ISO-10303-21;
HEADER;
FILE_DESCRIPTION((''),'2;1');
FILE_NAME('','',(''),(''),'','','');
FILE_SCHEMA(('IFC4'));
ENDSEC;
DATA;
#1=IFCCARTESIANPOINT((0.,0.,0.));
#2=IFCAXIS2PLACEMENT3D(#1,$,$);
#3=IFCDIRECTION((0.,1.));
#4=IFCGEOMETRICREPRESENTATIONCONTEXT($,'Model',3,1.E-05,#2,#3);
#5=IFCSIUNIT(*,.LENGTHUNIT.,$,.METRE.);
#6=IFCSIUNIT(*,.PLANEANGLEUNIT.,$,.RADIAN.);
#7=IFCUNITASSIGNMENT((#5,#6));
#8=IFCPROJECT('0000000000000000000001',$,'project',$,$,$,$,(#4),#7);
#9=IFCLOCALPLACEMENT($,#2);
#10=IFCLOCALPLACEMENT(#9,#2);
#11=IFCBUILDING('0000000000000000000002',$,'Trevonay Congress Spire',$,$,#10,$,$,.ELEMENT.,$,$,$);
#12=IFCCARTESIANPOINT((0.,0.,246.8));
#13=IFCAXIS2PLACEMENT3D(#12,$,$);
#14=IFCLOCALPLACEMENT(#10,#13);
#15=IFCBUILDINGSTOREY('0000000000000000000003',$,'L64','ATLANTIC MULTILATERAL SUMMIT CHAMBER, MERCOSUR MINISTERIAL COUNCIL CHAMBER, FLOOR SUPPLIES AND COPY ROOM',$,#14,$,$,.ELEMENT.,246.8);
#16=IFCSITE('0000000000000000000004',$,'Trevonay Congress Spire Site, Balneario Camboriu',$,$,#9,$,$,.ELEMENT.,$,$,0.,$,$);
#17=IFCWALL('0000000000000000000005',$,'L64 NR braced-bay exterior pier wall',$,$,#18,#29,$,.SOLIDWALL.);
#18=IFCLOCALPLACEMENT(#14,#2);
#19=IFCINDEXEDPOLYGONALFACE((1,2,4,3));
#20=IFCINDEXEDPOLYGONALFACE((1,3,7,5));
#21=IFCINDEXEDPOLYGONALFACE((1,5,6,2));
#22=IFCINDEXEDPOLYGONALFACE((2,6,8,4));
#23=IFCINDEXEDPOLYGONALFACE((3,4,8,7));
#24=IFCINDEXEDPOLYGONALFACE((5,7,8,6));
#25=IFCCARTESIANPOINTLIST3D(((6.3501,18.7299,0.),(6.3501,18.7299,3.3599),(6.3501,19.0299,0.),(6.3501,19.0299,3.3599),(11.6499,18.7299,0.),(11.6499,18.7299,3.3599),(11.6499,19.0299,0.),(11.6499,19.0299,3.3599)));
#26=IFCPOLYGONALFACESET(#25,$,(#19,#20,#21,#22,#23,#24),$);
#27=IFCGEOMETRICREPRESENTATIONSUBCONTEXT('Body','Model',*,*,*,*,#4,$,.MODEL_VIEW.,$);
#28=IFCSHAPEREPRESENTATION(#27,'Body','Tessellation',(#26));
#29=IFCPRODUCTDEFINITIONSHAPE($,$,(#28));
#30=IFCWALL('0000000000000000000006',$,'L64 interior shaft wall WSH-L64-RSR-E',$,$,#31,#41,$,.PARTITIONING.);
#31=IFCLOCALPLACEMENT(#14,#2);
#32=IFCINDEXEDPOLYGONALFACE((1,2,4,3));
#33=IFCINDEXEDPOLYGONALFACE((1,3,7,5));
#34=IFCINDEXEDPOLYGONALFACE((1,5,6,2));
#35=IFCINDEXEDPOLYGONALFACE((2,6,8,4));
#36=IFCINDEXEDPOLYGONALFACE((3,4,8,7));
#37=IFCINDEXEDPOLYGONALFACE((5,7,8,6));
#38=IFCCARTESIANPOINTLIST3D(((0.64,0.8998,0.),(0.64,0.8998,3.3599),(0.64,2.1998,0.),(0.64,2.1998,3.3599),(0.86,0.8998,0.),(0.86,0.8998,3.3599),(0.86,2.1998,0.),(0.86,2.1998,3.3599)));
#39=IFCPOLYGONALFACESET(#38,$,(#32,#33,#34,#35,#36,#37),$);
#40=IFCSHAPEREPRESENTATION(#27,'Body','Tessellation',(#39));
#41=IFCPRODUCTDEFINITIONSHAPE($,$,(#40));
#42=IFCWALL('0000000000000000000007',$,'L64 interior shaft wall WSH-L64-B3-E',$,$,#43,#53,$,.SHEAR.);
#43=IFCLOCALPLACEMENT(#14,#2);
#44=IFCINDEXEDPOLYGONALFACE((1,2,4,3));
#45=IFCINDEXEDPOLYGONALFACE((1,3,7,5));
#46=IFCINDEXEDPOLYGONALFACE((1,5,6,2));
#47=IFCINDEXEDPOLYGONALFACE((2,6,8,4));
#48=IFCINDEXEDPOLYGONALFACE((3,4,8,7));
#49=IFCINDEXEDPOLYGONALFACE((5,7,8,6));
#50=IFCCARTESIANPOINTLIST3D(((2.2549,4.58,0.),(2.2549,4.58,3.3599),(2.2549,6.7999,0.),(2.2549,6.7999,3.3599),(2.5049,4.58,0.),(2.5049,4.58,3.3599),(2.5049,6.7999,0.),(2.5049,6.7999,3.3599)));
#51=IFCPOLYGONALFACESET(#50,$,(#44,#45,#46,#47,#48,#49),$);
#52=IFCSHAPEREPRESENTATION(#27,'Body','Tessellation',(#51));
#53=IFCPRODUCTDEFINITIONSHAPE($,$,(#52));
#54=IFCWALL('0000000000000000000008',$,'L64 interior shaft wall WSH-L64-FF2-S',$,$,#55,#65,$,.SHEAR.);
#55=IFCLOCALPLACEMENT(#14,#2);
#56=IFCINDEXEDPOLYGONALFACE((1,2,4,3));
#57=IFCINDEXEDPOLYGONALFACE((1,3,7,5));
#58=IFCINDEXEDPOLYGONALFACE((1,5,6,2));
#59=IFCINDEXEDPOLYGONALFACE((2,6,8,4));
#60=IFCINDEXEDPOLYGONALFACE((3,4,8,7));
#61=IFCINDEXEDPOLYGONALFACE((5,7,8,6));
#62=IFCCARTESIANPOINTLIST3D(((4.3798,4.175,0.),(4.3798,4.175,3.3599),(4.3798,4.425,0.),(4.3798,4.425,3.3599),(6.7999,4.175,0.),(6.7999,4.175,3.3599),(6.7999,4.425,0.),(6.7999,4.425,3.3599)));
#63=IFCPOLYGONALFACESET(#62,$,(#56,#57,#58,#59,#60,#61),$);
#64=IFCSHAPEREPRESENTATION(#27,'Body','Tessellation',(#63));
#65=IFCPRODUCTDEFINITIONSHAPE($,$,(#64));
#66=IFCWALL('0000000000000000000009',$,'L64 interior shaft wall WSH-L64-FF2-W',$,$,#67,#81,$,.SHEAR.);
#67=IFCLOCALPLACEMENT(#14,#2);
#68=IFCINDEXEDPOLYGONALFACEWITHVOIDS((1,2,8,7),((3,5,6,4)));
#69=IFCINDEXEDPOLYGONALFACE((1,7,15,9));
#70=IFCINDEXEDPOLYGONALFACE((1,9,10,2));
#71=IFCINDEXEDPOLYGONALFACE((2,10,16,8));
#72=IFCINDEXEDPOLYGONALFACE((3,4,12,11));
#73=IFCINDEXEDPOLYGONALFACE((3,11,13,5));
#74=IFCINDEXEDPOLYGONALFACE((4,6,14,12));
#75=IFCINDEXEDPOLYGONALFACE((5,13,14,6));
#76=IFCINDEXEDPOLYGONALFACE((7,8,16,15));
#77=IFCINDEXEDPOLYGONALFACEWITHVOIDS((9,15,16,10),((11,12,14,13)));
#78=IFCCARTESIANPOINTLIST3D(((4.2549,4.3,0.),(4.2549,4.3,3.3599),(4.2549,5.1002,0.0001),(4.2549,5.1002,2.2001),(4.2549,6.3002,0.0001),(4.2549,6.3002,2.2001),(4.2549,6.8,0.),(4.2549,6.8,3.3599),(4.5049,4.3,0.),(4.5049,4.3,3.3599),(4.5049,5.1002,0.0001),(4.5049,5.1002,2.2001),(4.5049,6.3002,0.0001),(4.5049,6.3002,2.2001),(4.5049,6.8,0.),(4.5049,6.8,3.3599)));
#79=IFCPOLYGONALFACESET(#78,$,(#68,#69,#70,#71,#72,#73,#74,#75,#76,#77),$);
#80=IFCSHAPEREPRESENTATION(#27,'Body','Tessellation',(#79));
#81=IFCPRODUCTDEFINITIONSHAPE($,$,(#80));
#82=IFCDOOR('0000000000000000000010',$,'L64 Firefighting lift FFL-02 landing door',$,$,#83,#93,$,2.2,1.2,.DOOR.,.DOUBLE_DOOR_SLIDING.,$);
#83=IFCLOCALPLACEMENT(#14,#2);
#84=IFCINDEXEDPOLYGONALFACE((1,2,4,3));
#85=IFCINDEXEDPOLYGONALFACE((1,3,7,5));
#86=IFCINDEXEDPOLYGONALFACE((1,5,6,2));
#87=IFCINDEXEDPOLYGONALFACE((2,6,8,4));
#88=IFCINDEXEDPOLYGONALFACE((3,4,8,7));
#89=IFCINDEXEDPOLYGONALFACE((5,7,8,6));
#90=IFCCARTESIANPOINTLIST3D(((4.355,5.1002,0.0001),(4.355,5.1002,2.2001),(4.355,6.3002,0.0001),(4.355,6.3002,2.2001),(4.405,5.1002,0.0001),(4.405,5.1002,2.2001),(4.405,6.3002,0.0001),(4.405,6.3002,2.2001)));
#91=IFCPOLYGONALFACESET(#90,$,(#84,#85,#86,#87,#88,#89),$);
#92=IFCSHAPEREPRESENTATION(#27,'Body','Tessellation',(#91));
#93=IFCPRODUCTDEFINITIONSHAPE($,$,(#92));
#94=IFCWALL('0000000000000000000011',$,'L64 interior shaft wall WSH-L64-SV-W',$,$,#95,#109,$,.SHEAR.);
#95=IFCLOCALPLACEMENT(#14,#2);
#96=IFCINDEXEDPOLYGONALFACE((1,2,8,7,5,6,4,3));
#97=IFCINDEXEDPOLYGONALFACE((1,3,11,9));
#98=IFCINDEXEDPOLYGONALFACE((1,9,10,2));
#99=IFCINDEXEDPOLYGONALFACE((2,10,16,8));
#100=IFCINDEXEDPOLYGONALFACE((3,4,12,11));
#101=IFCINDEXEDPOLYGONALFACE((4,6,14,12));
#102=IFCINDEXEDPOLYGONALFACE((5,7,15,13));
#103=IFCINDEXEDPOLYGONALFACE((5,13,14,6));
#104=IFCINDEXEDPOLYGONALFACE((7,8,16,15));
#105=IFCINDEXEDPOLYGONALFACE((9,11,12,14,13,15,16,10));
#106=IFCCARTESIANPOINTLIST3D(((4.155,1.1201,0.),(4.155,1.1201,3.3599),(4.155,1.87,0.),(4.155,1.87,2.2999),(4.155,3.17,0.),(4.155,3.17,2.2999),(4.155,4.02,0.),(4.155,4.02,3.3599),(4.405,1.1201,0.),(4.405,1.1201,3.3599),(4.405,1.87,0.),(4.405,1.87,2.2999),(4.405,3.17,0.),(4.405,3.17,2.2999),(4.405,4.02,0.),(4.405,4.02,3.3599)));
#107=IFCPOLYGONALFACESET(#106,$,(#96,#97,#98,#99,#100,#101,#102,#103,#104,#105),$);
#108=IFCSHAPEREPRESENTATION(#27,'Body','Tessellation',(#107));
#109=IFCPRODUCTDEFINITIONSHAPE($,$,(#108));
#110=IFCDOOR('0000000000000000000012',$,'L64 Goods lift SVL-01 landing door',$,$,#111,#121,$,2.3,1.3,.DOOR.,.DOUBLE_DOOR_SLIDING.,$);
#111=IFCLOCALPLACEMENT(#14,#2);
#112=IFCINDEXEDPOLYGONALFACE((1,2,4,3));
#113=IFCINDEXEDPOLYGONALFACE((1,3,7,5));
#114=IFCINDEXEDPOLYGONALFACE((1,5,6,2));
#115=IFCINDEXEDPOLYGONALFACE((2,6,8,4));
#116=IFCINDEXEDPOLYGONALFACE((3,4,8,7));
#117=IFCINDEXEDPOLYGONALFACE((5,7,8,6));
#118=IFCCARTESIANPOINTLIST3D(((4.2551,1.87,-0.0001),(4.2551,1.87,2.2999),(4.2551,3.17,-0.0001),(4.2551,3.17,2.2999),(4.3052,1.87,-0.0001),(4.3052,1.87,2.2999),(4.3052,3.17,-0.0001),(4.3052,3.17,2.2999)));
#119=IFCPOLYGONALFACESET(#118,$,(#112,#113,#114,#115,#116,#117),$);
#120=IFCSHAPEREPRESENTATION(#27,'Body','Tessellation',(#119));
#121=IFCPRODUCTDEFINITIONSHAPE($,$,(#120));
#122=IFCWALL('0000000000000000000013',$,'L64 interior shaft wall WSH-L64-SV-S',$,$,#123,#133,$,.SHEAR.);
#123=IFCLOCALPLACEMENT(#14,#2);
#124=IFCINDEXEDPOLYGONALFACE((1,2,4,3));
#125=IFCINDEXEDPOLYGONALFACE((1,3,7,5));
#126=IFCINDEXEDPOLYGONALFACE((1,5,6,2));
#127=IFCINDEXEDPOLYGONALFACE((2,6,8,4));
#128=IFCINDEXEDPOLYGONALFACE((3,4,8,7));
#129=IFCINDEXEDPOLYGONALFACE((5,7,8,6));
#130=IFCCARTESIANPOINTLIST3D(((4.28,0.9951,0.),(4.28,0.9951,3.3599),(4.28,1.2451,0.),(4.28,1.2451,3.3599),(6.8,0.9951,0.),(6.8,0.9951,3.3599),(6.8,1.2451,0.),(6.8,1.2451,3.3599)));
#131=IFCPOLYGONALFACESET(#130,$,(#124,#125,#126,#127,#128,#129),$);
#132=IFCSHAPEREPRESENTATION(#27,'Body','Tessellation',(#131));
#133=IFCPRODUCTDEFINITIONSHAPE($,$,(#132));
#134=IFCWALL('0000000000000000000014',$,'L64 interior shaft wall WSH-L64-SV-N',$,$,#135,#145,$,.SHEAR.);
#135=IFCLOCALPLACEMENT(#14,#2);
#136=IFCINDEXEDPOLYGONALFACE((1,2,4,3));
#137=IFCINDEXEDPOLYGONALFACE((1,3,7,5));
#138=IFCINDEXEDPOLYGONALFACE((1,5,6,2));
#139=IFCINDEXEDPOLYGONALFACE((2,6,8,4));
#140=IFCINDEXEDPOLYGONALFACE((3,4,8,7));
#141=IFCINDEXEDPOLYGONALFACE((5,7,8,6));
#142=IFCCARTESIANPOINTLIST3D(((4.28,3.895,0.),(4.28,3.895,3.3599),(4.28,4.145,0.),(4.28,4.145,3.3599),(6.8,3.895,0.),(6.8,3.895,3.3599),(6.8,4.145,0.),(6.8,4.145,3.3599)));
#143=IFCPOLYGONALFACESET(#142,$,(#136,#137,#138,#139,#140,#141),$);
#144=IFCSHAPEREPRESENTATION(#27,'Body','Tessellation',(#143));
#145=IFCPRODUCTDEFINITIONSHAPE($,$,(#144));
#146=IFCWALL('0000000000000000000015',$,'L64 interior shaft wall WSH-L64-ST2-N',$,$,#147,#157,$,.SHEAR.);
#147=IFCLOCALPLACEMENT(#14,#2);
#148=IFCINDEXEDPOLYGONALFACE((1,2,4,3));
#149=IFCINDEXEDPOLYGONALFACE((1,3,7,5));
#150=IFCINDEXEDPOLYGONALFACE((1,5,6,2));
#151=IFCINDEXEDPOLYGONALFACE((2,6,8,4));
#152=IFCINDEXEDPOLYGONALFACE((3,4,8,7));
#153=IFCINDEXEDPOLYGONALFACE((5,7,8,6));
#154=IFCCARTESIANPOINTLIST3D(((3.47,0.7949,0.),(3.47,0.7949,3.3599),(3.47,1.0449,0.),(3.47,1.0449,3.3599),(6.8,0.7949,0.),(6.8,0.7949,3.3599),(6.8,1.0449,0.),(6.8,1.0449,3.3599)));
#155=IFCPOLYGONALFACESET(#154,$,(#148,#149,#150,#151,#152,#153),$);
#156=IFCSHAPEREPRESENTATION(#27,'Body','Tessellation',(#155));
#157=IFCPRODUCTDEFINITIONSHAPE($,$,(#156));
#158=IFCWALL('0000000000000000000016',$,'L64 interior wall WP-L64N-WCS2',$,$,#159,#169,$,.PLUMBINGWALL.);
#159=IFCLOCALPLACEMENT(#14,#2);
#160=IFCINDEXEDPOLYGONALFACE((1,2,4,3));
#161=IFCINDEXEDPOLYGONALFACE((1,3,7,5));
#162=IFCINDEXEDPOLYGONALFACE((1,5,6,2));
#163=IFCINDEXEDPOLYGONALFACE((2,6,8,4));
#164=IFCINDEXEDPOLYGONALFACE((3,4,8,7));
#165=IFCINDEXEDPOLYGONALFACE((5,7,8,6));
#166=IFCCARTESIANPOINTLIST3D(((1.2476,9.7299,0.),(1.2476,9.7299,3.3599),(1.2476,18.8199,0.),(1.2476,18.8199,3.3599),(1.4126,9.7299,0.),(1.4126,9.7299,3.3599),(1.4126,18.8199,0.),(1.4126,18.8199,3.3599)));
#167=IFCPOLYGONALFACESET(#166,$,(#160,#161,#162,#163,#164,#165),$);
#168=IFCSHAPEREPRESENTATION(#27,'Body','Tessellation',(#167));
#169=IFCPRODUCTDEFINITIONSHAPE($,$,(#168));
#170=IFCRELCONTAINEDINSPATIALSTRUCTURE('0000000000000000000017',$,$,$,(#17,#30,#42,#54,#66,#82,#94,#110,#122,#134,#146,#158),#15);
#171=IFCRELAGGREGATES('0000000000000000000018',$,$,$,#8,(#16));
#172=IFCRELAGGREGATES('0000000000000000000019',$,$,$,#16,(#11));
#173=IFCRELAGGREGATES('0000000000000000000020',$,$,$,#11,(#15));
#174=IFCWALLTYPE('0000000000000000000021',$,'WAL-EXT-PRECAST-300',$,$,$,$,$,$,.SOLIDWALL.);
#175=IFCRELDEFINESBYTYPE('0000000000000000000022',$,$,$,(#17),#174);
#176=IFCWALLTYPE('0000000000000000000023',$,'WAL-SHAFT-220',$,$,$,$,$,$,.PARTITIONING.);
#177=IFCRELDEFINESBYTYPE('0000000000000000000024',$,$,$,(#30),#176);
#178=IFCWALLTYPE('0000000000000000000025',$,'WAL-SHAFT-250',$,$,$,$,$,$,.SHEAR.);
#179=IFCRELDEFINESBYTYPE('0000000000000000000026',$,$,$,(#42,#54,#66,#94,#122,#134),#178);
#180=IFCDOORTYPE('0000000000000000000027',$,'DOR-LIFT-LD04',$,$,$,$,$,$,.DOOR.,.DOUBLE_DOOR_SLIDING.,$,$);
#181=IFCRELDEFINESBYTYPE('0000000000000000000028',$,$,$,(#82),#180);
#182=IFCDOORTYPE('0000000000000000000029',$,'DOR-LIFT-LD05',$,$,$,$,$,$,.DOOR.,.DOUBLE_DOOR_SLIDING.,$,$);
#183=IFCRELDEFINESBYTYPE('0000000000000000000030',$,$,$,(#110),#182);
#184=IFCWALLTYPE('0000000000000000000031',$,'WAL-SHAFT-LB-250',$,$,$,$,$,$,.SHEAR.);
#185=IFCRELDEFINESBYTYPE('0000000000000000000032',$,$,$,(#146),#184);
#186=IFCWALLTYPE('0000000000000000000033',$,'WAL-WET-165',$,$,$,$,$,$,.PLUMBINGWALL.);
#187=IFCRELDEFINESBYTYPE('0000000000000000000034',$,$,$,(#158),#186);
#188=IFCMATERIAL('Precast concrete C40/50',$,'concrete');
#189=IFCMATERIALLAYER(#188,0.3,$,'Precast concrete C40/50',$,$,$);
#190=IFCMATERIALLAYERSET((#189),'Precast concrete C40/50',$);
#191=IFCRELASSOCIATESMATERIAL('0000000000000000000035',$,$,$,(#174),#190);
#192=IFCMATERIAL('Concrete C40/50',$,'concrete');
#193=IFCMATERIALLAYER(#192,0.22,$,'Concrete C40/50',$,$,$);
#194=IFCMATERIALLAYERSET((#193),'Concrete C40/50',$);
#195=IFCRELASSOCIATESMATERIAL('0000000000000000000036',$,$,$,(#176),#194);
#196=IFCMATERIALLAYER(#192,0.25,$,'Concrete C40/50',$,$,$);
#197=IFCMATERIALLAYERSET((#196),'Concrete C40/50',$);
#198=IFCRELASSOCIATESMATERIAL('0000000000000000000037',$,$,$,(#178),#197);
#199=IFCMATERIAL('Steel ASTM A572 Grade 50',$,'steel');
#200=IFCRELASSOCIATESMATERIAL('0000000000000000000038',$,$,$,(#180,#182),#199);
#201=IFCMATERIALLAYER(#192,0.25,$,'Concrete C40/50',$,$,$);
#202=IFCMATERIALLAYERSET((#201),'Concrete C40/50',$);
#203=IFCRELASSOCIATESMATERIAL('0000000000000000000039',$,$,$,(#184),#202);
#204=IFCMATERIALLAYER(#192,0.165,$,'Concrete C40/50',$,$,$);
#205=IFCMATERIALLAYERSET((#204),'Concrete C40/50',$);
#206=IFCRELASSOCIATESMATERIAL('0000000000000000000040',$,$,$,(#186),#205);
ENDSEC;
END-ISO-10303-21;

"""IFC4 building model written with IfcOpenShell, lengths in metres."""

from ifc_helpers import new_model, si_unit, direction, frame, frame_2d, origin, place, context, subcontext, project, spatial, rectangle, extrude, material, layer, layer_set, type_object, element, fill, save


model = new_model("IFC4")

# Units and contexts
model_context = context("Model", 3, precision=1e-05, world=origin(), true_north=direction((0.0, 1.0)))
body_context = subcontext(model_context, "Body", "Model", "MODEL_VIEW")
ifc_project = project(units=[si_unit("LENGTHUNIT", "METRE"), si_unit("PLANEANGLEUNIT", "RADIAN")], contexts=[model_context])

# Site, building, storey
site_placement = place(None, origin())
site = spatial("IfcSite", under=ifc_project, at=site_placement, Name="Trevonay Congress Spire Site, Balneario Camboriu", CompositionType="ELEMENT", RefElevation=0.0)
building_placement = place(site_placement, origin())
building = spatial("IfcBuilding", under=site, at=building_placement, Name="Trevonay Congress Spire", CompositionType="ELEMENT")
storey_placement = place(building_placement, frame((0.0, 0.0, 246.8)))
storey = spatial("IfcBuildingStorey", under=building, at=storey_placement, Name="L64", Description="ATLANTIC MULTILATERAL SUMMIT CHAMBER, MERCOSUR MINISTERIAL COUNCIL CHAMBER, FLOOR SUPPLIES AND COPY ROOM", CompositionType="ELEMENT", Elevation=246.8)

# Shared definitions
ifc_material_1 = material(Name="Steel ASTM A572 Grade 50", Category="steel")

# Walls
ifc_material_2 = material(Name="Precast concrete C40/50", Category="concrete")
ifc_layer_1 = layer(ifc_material_2, 0.3, Name="Precast concrete C40/50")
ifc_layer_set_1 = layer_set([ifc_layer_1], Name="Precast concrete C40/50")
wall_type_1 = type_object("IfcWallType", Name="WAL-EXT-PRECAST-300", PredefinedType="SOLIDWALL", material=ifc_layer_set_1)
wall_1_placement = place(storey_placement, frame((6.3501, 18.8799, 0.0), z_axis=(0.0, 0.0, 1.0), x_axis=(1.0, 0.0, 0.0)))
element("IfcWall", 1, at=wall_1_placement, inside=storey, type_object=wall_type_1, Name="L64 NR braced-bay exterior pier wall", PredefinedType="SOLIDWALL", context=body_context, shape_type="SweptSolid", body=[
    extrude(rectangle(XDim=5.2998, YDim=0.3, at=frame_2d((2.6499, 0.0))), origin(), (0.0, 0.0, 1.0), 3.3599),
])
ifc_material_3 = material(Name="Concrete C40/50", Category="concrete")
ifc_layer_2 = layer(ifc_material_3, 0.22, Name="Concrete C40/50")
ifc_layer_set_2 = layer_set([ifc_layer_2], Name="Concrete C40/50")
wall_type_2 = type_object("IfcWallType", Name="WAL-SHAFT-220", PredefinedType="PARTITIONING", material=ifc_layer_set_2)
wall_2_placement = place(storey_placement, frame((0.75, 0.8999, 0.0), z_axis=(0.0, 0.0, 1.0), x_axis=(0.0, 1.0, 0.0)))
element("IfcWall", 2, at=wall_2_placement, inside=storey, type_object=wall_type_2, Name="L64 interior shaft wall WSH-L64-RSR-E", PredefinedType="PARTITIONING", context=body_context, shape_type="SweptSolid", body=[
    extrude(rectangle(XDim=1.3, YDim=0.22, at=frame_2d((0.6499, 0.0))), origin(), (0.0, 0.0, 1.0), 3.3599),
])
ifc_layer_3 = layer(ifc_material_3, 0.25, Name="Concrete C40/50")
ifc_layer_set_3 = layer_set([ifc_layer_3], Name="Concrete C40/50")
wall_type_3 = type_object("IfcWallType", Name="WAL-SHAFT-250", PredefinedType="SHEAR", material=ifc_layer_set_3)
wall_3_placement = place(storey_placement, frame((2.3799, 4.5801, 0.0), z_axis=(0.0, 0.0, 1.0), x_axis=(0.0, 1.0, 0.0)))
element("IfcWall", 3, at=wall_3_placement, inside=storey, type_object=wall_type_3, Name="L64 interior shaft wall WSH-L64-B3-E", PredefinedType="SHEAR", context=body_context, shape_type="SweptSolid", body=[
    extrude(rectangle(XDim=2.22, YDim=0.25, at=frame_2d((1.1099, 0.0))), origin(), (0.0, 0.0, 1.0), 3.3599),
])
wall_4_placement = place(storey_placement, frame((4.3799, 4.3, 0.0), z_axis=(0.0, 0.0, 1.0), x_axis=(1.0, 0.0, 0.0)))
element("IfcWall", 4, at=wall_4_placement, inside=storey, type_object=wall_type_3, Name="L64 interior shaft wall WSH-L64-FF2-S", PredefinedType="SHEAR", context=body_context, shape_type="SweptSolid", body=[
    extrude(rectangle(XDim=2.4202, YDim=0.25, at=frame_2d((1.21, 0.0))), origin(), (0.0, 0.0, 1.0), 3.3599),
])

# Walls, openings, doors
wall_5_placement = place(storey_placement, frame((4.3799, 4.3, 0.0), z_axis=(0.0, 0.0, 1.0), x_axis=(0.0, 1.0, 0.0)))
wall_5 = element("IfcWall", 5, at=wall_5_placement, inside=storey, type_object=wall_type_3, Name="L64 interior shaft wall WSH-L64-FF2-W", PredefinedType="SHEAR", context=body_context, shape_type="SweptSolid", body=[
    extrude(rectangle(XDim=2.5, YDim=0.25, at=frame_2d((1.25, 0.0))), origin(), (0.0, 0.0, 1.0), 3.3599),
])
opening_1_placement = place(wall_5_placement, frame((0.8, 0.0, 0.0)))
opening_1 = element("IfcOpeningElement", 6, at=opening_1_placement, cuts=wall_5, PredefinedType="OPENING", context=body_context, shape_type="SweptSolid", body=[
    extrude(rectangle(XDim=1.2, YDim=2.2, at=frame_2d((0.6001, 1.1001))), frame((0.0, 0.135, 0.0), z_axis=(0.0, -1.0, 0.0), x_axis=(1.0, 0.0, 0.0)), (0.0, 0.0, 1.0), 0.27),
])
door_type_1 = type_object("IfcDoorType", Name="DOR-LIFT-LD04", OperationType="DOUBLE_DOOR_SLIDING", PredefinedType="DOOR", material=ifc_material_1)
door_1_placement = place(opening_1_placement, origin())
door_1 = element("IfcDoor", 7, at=door_1_placement, inside=storey, type_object=door_type_1, Name="L64 Firefighting lift FFL-02 landing door", OperationType="DOUBLE_DOOR_SLIDING", OverallHeight=2.2, OverallWidth=1.2, PredefinedType="DOOR", context=body_context, shape_type="SweptSolid", body=[
    extrude(rectangle(XDim=1.2, YDim=2.2, at=frame_2d((0.6001, 1.1001))), frame((0.0, 0.0249, 0.0), z_axis=(0.0, -1.0, 0.0), x_axis=(1.0, 0.0, 0.0)), (0.0, 0.0, 1.0), 0.05),
])
fill(opening_1, door_1)
wall_6_placement = place(storey_placement, frame((4.28, 1.1201, 0.0), z_axis=(0.0, 0.0, 1.0), x_axis=(0.0, 1.0, 0.0)))
wall_6 = element("IfcWall", 8, at=wall_6_placement, inside=storey, type_object=wall_type_3, Name="L64 interior shaft wall WSH-L64-SV-W", PredefinedType="SHEAR", context=body_context, shape_type="SweptSolid", body=[
    extrude(rectangle(XDim=2.8999, YDim=0.25, at=frame_2d((1.45, 0.0))), origin(), (0.0, 0.0, 1.0), 3.3599),
])
opening_2_placement = place(wall_6_placement, frame((0.75, 0.0, 0.0)))
opening_2 = element("IfcOpeningElement", 9, at=opening_2_placement, cuts=wall_6, PredefinedType="OPENING", context=body_context, shape_type="SweptSolid", body=[
    extrude(rectangle(XDim=1.3, YDim=2.3, at=frame_2d((0.6499, 1.1499))), frame((0.0, 0.135, 0.0), z_axis=(0.0, -1.0, 0.0), x_axis=(1.0, 0.0, 0.0)), (0.0, 0.0, 1.0), 0.27),
])
door_type_2 = type_object("IfcDoorType", Name="DOR-LIFT-LD05", OperationType="DOUBLE_DOOR_SLIDING", PredefinedType="DOOR", material=ifc_material_1)
door_2_placement = place(opening_2_placement, origin())
door_2 = element("IfcDoor", 10, at=door_2_placement, inside=storey, type_object=door_type_2, Name="L64 Goods lift SVL-01 landing door", OperationType="DOUBLE_DOOR_SLIDING", OverallHeight=2.3, OverallWidth=1.3, PredefinedType="DOOR", context=body_context, shape_type="SweptSolid", body=[
    extrude(rectangle(XDim=1.3, YDim=2.3, at=frame_2d((0.6499, 1.1499))), frame((0.0, 0.0249, 0.0), z_axis=(0.0, -1.0, 0.0), x_axis=(1.0, 0.0, 0.0)), (0.0, 0.0, 1.0), 0.05),
])
fill(opening_2, door_2)

# Walls
for number, where, z_axis, x_axis, name in (
    (11, (4.28, 1.1201, 0.0), (0.0, 0.0, 1.0), (1.0, 0.0, 0.0), "L64 interior shaft wall WSH-L64-SV-S"),
    (12, (4.28, 4.02, 0.0), (0.0, 0.0, 1.0), (1.0, 0.0, 0.0), "L64 interior shaft wall WSH-L64-SV-N"),
):
    element("IfcWall", number, at=place(storey_placement, frame(where, z_axis=z_axis, x_axis=x_axis)), inside=storey, type_object=wall_type_3, Name=name, PredefinedType="SHEAR", context=body_context, shape_type="SweptSolid", body=[
        extrude(rectangle(XDim=2.52, YDim=0.25, at=frame_2d((1.26, 0.0))), origin(), (0.0, 0.0, 1.0), 3.3599),
    ])
ifc_layer_4 = layer(ifc_material_3, 0.25, Name="Concrete C40/50")
ifc_layer_set_4 = layer_set([ifc_layer_4], Name="Concrete C40/50")
wall_type_4 = type_object("IfcWallType", Name="WAL-SHAFT-LB-250", PredefinedType="SHEAR", material=ifc_layer_set_4)
wall_7_placement = place(storey_placement, frame((3.47, 0.9199, 0.0), z_axis=(0.0, 0.0, 1.0), x_axis=(1.0, 0.0, 0.0)))
element("IfcWall", 13, at=wall_7_placement, inside=storey, type_object=wall_type_4, Name="L64 interior shaft wall WSH-L64-ST2-N", PredefinedType="SHEAR", context=body_context, shape_type="SweptSolid", body=[
    extrude(rectangle(XDim=3.3301, YDim=0.25, at=frame_2d((1.665, 0.0))), origin(), (0.0, 0.0, 1.0), 3.3599),
])
ifc_layer_5 = layer(ifc_material_3, 0.165, Name="Concrete C40/50")
ifc_layer_set_5 = layer_set([ifc_layer_5], Name="Concrete C40/50")
wall_type_5 = type_object("IfcWallType", Name="WAL-WET-165", PredefinedType="PLUMBINGWALL", material=ifc_layer_set_5)
wall_8_placement = place(storey_placement, frame((1.3301, 9.73, 0.0), z_axis=(0.0, 0.0, 1.0), x_axis=(0.0, 1.0, 0.0)))
element("IfcWall", 14, at=wall_8_placement, inside=storey, type_object=wall_type_5, Name="L64 interior wall WP-L64N-WCS2", PredefinedType="PLUMBINGWALL", context=body_context, shape_type="SweptSolid", body=[
    extrude(rectangle(XDim=9.0901, YDim=0.165, at=frame_2d((4.5449, 0.0))), origin(), (0.0, 0.0, 1.0), 3.3599),
])

save(model, "model.ifc")
